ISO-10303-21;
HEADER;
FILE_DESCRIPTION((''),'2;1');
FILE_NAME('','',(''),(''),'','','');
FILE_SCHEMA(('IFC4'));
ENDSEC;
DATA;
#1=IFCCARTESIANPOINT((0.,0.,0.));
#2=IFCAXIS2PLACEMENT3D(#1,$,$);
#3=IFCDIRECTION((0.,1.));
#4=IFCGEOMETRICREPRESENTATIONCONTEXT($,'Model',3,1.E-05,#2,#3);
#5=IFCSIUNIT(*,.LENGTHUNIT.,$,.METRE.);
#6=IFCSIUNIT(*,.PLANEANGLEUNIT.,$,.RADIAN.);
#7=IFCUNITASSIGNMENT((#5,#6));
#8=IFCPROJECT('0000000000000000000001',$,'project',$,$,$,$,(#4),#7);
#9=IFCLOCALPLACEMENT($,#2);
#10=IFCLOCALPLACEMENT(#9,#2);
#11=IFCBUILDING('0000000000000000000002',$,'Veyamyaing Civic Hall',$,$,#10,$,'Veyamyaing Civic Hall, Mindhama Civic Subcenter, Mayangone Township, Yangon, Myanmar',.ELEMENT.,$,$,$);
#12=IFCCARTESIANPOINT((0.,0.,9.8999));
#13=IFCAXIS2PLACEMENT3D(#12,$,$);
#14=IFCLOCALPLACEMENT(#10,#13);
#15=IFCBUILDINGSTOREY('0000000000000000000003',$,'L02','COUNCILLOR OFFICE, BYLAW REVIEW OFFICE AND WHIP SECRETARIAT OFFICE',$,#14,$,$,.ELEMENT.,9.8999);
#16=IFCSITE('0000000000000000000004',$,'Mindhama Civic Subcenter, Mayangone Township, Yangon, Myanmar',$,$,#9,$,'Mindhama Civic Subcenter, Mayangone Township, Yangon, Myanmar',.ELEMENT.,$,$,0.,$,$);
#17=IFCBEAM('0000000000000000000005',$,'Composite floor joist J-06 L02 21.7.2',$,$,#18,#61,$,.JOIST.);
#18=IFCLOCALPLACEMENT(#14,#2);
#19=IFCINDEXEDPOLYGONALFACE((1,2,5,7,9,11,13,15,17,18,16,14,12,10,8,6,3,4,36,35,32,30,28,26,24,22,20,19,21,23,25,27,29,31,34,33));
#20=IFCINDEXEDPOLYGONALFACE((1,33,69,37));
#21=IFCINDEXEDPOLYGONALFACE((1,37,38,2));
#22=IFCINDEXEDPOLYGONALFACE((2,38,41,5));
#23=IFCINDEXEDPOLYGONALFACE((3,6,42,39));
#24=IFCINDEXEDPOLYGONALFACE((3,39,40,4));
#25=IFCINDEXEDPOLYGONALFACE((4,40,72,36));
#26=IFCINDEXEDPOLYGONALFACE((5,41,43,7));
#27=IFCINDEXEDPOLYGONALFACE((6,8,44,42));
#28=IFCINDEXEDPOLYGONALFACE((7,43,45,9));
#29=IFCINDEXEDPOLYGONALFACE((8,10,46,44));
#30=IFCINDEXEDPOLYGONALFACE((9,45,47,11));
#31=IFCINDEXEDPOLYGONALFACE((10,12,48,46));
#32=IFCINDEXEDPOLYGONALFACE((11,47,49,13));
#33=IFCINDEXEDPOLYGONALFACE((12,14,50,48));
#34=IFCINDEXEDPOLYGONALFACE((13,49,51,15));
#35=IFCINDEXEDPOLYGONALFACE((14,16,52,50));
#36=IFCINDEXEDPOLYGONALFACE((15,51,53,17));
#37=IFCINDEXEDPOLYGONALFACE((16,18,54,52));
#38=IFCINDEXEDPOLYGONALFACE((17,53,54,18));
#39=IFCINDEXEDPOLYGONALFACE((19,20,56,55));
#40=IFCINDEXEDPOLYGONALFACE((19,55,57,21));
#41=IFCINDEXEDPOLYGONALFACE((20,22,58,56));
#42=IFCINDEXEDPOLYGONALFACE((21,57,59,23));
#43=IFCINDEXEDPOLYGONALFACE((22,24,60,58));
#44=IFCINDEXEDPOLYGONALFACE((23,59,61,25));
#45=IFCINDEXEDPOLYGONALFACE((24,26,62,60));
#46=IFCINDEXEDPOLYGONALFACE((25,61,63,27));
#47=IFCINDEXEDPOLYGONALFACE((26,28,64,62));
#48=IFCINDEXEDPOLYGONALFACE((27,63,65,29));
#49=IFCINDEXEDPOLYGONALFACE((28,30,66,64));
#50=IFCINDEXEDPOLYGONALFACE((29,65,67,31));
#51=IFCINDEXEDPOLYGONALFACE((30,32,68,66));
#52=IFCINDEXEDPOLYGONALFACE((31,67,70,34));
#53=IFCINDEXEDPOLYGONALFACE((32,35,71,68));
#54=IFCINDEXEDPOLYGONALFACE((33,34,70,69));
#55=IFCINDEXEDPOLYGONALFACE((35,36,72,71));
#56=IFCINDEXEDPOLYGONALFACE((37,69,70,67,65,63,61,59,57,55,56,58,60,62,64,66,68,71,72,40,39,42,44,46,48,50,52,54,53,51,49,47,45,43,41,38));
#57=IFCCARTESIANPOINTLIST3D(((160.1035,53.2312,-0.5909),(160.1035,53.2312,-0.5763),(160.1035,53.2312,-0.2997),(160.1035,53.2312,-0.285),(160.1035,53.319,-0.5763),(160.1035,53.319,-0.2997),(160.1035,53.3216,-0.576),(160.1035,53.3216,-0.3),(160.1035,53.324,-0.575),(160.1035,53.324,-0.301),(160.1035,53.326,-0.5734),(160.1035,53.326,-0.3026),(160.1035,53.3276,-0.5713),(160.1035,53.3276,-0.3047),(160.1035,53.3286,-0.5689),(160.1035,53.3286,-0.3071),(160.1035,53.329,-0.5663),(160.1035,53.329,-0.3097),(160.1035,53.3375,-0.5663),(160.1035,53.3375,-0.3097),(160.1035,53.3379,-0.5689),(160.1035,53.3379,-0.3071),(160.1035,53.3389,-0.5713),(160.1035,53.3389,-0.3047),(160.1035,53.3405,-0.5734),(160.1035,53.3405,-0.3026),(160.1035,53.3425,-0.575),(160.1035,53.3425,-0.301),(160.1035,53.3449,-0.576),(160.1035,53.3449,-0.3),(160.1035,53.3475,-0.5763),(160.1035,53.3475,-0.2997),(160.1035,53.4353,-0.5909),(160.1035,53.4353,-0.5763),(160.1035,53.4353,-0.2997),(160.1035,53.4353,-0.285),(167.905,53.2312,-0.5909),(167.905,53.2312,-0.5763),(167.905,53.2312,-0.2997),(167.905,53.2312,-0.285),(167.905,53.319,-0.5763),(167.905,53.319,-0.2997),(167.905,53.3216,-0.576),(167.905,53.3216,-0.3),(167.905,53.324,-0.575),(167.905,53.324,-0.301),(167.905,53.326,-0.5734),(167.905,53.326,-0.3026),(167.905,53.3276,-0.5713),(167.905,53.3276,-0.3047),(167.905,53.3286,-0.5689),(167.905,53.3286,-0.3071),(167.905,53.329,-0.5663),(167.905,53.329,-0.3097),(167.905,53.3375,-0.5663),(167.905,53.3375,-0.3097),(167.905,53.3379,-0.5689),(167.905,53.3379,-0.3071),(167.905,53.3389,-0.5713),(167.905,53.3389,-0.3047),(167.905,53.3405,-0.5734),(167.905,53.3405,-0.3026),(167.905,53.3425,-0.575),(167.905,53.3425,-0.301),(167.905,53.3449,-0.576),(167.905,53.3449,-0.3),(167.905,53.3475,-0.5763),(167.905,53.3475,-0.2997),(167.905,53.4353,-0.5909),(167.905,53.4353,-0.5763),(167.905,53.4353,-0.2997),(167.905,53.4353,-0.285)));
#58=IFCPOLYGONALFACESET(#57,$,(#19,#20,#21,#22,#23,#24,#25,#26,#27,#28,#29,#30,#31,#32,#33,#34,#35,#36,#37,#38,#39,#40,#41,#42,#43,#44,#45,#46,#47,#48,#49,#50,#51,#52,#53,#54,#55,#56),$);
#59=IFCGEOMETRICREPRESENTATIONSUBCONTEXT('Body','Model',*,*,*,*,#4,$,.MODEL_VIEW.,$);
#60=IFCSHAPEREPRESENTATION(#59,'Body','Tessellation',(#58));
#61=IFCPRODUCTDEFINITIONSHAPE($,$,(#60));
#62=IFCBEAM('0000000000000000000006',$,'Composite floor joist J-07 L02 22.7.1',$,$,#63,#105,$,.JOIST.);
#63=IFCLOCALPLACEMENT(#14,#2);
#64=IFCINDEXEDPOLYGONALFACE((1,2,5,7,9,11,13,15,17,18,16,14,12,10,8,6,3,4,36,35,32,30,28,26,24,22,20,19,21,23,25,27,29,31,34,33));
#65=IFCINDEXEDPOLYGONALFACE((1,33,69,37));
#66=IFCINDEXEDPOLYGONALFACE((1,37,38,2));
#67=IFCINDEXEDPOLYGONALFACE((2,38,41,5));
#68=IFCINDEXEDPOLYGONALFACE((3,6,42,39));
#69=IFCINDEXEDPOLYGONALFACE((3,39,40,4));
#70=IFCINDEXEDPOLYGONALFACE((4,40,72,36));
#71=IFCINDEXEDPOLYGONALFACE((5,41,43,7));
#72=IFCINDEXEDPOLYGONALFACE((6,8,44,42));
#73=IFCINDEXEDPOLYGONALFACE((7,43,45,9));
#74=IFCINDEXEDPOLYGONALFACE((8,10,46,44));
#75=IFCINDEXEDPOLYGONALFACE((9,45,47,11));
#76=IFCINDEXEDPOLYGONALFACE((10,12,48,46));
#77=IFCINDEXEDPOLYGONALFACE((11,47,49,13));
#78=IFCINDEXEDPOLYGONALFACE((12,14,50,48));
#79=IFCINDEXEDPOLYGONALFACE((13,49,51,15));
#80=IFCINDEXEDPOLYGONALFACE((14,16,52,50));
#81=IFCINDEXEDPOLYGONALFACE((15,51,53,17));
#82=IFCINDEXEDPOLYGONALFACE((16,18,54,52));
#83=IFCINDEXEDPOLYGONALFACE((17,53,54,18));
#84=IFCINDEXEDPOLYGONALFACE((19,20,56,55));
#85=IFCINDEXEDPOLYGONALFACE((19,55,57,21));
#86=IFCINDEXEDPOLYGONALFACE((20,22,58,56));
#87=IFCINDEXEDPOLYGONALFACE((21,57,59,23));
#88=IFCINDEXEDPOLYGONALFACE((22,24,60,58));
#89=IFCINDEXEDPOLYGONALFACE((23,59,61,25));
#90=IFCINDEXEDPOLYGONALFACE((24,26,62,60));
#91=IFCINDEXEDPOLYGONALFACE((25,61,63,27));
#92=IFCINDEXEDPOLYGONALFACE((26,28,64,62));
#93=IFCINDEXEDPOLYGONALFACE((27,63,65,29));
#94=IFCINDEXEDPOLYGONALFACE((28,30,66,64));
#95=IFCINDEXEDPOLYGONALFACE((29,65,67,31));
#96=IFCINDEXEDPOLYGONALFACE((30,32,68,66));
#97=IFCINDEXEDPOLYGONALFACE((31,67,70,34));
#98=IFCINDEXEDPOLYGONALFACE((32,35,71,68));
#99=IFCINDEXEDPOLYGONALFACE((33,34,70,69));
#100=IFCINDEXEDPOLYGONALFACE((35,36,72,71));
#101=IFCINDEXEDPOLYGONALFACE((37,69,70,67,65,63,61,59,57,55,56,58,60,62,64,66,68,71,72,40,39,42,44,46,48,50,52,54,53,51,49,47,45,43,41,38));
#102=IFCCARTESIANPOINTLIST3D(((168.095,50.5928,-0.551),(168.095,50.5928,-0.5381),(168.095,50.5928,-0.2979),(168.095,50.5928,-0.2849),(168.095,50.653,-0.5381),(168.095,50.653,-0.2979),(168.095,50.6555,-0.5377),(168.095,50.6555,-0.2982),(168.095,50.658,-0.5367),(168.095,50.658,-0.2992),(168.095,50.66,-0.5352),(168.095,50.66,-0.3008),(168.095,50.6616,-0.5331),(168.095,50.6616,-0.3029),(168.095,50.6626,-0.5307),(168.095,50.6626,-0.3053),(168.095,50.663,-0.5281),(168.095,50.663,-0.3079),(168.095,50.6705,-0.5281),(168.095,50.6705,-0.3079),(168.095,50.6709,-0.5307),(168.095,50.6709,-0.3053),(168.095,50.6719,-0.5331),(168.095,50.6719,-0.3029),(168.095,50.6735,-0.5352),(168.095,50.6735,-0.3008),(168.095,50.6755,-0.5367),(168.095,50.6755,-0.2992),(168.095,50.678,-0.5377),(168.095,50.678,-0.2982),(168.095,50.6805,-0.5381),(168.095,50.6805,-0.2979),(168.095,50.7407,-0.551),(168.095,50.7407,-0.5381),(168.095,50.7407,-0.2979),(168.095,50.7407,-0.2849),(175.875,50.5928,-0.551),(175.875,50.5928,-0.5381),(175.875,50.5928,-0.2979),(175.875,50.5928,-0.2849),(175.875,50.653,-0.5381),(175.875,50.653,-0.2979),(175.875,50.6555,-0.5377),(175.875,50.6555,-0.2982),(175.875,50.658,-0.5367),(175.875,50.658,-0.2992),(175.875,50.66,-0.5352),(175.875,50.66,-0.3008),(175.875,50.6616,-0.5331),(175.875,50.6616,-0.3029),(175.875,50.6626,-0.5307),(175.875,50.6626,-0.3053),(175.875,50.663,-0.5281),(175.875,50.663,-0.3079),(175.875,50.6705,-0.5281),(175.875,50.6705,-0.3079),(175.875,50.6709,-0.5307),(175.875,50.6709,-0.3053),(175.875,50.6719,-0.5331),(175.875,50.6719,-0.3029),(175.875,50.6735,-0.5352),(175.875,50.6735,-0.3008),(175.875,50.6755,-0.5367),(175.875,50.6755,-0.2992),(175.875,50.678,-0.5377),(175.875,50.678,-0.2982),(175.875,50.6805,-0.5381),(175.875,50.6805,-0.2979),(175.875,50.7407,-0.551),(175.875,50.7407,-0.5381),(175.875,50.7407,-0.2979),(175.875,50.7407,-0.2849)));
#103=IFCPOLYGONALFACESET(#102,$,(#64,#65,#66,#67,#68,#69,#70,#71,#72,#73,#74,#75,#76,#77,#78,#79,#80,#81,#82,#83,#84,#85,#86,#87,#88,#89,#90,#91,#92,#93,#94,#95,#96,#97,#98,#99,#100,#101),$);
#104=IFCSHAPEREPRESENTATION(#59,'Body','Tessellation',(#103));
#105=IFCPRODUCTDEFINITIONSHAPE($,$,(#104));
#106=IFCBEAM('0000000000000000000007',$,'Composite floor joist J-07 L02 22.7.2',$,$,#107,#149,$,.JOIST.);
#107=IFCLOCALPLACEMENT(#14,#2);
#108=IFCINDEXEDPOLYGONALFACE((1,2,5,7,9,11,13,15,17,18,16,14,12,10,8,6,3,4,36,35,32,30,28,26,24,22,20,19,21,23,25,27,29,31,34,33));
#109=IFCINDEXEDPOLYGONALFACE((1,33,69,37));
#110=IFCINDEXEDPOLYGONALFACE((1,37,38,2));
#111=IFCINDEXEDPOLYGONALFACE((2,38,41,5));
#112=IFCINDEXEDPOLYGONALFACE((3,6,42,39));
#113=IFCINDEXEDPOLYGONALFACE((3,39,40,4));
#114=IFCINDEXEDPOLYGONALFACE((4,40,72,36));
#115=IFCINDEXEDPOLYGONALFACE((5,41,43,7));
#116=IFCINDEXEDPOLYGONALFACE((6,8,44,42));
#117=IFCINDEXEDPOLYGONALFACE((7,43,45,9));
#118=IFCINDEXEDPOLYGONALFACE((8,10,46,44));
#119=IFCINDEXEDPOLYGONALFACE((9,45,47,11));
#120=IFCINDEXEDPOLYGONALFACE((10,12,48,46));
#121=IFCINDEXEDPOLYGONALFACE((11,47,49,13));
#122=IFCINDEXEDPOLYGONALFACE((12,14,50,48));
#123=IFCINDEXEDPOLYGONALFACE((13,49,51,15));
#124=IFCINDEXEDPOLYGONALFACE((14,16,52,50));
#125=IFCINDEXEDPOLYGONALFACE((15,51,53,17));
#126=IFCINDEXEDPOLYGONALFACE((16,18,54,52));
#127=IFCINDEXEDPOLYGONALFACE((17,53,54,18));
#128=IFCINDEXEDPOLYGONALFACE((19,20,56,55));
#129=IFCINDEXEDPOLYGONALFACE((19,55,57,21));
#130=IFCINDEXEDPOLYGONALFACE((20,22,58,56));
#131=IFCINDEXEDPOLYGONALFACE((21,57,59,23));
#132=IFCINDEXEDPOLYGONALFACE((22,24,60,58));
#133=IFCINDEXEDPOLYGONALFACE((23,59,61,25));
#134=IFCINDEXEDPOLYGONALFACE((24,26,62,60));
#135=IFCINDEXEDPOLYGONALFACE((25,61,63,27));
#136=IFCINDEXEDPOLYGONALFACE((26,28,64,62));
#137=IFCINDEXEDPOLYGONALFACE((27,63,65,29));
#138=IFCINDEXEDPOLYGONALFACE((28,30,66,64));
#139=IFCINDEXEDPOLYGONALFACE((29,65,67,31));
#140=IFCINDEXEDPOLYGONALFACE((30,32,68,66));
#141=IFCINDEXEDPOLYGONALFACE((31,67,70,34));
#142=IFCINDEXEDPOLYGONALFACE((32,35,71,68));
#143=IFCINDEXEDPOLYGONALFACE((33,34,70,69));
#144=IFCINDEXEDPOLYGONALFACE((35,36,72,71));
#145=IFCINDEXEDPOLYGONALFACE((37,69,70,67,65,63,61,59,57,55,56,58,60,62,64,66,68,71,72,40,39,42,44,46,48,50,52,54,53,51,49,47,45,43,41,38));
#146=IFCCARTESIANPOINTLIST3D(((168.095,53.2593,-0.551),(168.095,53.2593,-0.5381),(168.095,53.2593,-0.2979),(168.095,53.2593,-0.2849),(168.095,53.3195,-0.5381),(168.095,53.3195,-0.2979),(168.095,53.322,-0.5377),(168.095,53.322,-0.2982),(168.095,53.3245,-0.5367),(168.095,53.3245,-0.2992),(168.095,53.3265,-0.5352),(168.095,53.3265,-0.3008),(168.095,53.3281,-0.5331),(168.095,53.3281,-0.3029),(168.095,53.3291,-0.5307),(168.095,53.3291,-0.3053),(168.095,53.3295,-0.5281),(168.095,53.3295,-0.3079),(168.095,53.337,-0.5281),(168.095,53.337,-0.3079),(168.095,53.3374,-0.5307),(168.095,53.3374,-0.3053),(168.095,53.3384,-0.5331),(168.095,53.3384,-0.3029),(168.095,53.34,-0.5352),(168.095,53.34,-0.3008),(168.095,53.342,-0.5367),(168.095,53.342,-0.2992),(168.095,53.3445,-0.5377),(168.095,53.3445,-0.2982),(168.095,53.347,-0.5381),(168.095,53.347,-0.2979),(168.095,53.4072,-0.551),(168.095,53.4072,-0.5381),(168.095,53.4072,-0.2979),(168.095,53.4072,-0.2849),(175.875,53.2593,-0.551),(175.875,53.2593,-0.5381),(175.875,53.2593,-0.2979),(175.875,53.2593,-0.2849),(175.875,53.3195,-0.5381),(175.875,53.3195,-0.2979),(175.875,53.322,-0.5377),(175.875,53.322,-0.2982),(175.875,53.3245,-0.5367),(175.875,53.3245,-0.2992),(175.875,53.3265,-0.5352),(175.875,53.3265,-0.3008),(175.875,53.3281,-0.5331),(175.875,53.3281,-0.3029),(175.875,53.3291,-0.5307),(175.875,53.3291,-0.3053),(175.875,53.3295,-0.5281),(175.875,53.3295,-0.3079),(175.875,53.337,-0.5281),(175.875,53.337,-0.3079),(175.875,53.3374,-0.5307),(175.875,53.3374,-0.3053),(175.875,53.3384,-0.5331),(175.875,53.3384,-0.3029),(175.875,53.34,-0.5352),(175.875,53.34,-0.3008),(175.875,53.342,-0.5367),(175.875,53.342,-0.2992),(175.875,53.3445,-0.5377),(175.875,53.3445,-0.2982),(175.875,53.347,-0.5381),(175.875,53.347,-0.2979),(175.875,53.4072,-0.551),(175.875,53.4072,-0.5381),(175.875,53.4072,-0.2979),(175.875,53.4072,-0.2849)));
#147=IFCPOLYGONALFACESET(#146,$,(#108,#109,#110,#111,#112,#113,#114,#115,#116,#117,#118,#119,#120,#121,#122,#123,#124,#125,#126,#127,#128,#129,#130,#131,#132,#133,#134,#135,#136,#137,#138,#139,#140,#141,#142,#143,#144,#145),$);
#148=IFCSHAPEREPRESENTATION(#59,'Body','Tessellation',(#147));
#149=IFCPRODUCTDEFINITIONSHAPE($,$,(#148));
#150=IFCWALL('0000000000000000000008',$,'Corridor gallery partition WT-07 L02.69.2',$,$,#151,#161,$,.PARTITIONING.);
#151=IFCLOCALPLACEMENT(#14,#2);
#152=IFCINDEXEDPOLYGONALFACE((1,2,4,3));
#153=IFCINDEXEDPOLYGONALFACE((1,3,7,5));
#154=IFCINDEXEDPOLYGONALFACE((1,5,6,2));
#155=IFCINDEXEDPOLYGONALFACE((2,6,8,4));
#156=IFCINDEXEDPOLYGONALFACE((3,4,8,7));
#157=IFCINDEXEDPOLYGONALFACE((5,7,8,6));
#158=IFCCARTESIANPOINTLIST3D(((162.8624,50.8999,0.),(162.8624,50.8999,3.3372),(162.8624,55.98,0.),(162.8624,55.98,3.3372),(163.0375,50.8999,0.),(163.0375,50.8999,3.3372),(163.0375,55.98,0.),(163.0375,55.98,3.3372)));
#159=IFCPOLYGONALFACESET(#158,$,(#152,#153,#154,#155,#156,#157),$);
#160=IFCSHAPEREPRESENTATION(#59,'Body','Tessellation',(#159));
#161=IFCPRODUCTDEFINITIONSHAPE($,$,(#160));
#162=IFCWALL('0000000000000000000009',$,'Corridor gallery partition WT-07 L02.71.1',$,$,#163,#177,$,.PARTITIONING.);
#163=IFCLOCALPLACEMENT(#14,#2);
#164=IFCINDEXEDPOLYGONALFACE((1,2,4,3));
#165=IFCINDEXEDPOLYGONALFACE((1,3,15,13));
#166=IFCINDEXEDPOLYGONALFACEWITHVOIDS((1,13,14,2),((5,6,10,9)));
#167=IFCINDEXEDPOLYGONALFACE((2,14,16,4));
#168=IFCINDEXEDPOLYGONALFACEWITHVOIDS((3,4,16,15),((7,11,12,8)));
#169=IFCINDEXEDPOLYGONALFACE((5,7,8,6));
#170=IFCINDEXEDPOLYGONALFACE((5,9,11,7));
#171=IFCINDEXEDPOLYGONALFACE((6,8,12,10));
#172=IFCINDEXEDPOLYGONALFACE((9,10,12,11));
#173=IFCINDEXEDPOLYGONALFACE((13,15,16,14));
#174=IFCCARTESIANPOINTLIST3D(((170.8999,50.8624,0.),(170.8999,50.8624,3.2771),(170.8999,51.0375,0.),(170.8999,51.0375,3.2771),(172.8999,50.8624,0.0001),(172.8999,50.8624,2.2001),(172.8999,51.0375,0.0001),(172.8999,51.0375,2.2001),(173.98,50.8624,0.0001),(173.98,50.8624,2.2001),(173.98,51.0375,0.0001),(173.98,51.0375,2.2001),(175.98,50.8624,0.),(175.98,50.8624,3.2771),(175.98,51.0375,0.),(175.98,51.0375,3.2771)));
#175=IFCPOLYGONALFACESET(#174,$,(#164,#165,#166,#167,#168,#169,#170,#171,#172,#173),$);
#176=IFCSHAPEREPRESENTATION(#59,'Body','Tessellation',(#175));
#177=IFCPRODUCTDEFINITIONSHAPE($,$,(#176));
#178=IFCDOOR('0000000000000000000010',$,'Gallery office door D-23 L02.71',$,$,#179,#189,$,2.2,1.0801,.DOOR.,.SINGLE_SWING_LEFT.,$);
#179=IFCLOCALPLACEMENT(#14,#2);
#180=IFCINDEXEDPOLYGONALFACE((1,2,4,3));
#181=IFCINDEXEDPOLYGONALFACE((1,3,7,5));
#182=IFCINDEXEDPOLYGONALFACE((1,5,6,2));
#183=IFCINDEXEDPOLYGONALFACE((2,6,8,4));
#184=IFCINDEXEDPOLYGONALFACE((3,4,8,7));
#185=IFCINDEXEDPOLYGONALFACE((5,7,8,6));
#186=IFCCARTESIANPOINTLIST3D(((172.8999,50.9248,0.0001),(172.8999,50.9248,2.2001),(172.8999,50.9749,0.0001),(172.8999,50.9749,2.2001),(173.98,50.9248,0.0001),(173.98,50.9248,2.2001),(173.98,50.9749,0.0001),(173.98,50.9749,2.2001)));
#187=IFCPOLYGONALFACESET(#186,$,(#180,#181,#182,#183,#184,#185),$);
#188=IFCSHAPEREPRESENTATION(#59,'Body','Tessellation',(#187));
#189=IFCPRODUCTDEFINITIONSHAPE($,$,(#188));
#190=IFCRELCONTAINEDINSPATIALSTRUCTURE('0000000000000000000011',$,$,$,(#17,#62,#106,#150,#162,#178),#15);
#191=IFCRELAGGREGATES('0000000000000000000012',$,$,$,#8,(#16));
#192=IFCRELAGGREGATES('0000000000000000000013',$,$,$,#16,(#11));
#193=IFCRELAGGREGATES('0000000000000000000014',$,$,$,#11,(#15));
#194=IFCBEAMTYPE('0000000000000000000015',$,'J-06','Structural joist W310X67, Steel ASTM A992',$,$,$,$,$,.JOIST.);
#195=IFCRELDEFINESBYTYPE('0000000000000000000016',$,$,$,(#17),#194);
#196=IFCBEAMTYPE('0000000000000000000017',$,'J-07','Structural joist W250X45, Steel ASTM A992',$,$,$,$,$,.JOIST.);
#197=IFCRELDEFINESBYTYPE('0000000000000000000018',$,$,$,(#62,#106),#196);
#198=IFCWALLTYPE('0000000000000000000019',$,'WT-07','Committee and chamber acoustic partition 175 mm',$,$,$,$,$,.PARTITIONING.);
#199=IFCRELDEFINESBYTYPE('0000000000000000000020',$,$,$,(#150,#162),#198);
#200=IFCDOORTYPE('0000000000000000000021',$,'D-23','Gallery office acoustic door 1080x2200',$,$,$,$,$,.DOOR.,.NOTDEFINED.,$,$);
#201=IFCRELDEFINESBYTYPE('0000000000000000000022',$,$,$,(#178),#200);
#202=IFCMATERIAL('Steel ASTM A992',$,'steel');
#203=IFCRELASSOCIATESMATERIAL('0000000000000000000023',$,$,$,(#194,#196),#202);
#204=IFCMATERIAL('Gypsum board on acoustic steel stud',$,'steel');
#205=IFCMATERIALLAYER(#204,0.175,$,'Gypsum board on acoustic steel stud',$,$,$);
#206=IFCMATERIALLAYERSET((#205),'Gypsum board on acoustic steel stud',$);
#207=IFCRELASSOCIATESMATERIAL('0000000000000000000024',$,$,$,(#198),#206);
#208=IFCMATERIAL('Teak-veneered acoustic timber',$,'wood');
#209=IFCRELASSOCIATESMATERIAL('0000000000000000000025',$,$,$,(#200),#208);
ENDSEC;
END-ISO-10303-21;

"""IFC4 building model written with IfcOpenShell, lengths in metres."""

from ifc_helpers import new_model, si_unit, direction, frame, frame_2d, origin, origin_2d, place, context, subcontext, project, spatial, rectangle, i_section, extrude, material, layer, layer_set, material_profile, profile_set, type_object, element, fill, save


model = new_model("IFC4")

# Units and contexts
model_context = context("Model", 3, precision=1e-05, world=origin(), true_north=direction((0.0, 1.0)))
body_context = subcontext(model_context, "Body", "Model", "MODEL_VIEW")
ifc_project = project(units=[si_unit("LENGTHUNIT", "METRE"), si_unit("PLANEANGLEUNIT", "RADIAN")], contexts=[model_context])

# Site, building, storey
site_placement = place(None, origin())
site = spatial("IfcSite", under=ifc_project, at=site_placement, Name="Mindhama Civic Subcenter, Mayangone Township, Yangon, Myanmar", LongName="Mindhama Civic Subcenter, Mayangone Township, Yangon, Myanmar", CompositionType="ELEMENT", RefElevation=0.0)
building_placement = place(site_placement, origin())
building = spatial("IfcBuilding", under=site, at=building_placement, Name="Veyamyaing Civic Hall", LongName="Veyamyaing Civic Hall, Mindhama Civic Subcenter, Mayangone Township, Yangon, Myanmar", CompositionType="ELEMENT")
storey_placement = place(building_placement, frame((0.0, 0.0, 9.8999)))
storey = spatial("IfcBuildingStorey", under=building, at=storey_placement, Name="L02", Description="COUNCILLOR OFFICE, BYLAW REVIEW OFFICE AND WHIP SECRETARIAT OFFICE", CompositionType="ELEMENT", Elevation=9.8999)

# Shared definitions
ifc_material_1 = material(Name="Steel ASTM A992", Category="steel")

# Beams
ifc_material_profile_1 = material_profile(ifc_material_1, i_section(OverallWidth=0.2041, OverallDepth=0.3059, WebThickness=0.0085, FlangeThickness=0.0146, FilletRadius=0.01, at=origin_2d()), Name="W310X67")
ifc_profile_set_1 = profile_set([ifc_material_profile_1], Name="Steel ASTM A992")
beam_type_1 = type_object("IfcBeamType", Name="J-06", Description="Structural joist W310X67, Steel ASTM A992", PredefinedType="JOIST", material=ifc_profile_set_1)
for number, where, z_axis, x_axis, name in (
    (1, (160.1035, 53.3333, -0.438), (1.0, 0.0, 0.0), (0.0, 1.0, 0.0), "Composite floor joist J-06 L02 21.7.2"),
):
    element("IfcBeam", number, at=place(storey_placement, frame(where, z_axis=z_axis, x_axis=x_axis)), inside=storey, type_object=beam_type_1, Name=name, PredefinedType="JOIST", context=body_context, shape_type="SweptSolid", body=[
        extrude(i_section(OverallWidth=0.2041, OverallDepth=0.3059, WebThickness=0.0085, FlangeThickness=0.0146, FilletRadius=0.01, at=origin_2d()), origin(), (0.0, 0.0, 1.0), 7.8015),
    ])
ifc_material_profile_2 = material_profile(ifc_material_1, i_section(OverallWidth=0.1479, OverallDepth=0.2661, WebThickness=0.0076, FlangeThickness=0.0129, FilletRadius=0.01, at=origin_2d()), Name="W250X45")
ifc_profile_set_2 = profile_set([ifc_material_profile_2], Name="Steel ASTM A992")
beam_type_2 = type_object("IfcBeamType", Name="J-07", Description="Structural joist W250X45, Steel ASTM A992", PredefinedType="JOIST", material=ifc_profile_set_2)
for number, where, z_axis, x_axis, name in (
    (2, (168.095, 50.6667, -0.418), (1.0, 0.0, 0.0), (0.0, 1.0, 0.0), "Composite floor joist J-07 L02 22.7.1"),
    (3, (168.095, 53.3333, -0.418), (1.0, 0.0, 0.0), (0.0, 1.0, 0.0), "Composite floor joist J-07 L02 22.7.2"),
):
    element("IfcBeam", number, at=place(storey_placement, frame(where, z_axis=z_axis, x_axis=x_axis)), inside=storey, type_object=beam_type_2, Name=name, PredefinedType="JOIST", context=body_context, shape_type="SweptSolid", body=[
        extrude(i_section(OverallWidth=0.1479, OverallDepth=0.2661, WebThickness=0.0076, FlangeThickness=0.0129, FilletRadius=0.01, at=origin_2d()), origin(), (0.0, 0.0, 1.0), 7.78),
    ])

# Shared definitions
ifc_material_2 = material(Name="Teak-veneered acoustic timber", Category="wood")
ifc_material_3 = material(Name="Gypsum board on acoustic steel stud", Category="steel")
ifc_layer_1 = layer(ifc_material_3, 0.175, Name="Gypsum board on acoustic steel stud")
ifc_layer_set_1 = layer_set([ifc_layer_1], Name="Gypsum board on acoustic steel stud")
wall_type_1 = type_object("IfcWallType", Name="WT-07", Description="Committee and chamber acoustic partition 175 mm", PredefinedType="PARTITIONING", material=ifc_layer_set_1)

# Wall
wall_1_placement = place(storey_placement, frame((162.95, 50.8999, 0.0), z_axis=(0.0, 0.0, 1.0), x_axis=(0.0, 1.0, 0.0)))
element("IfcWall", 4, at=wall_1_placement, inside=storey, type_object=wall_type_1, Name="Corridor gallery partition WT-07 L02.69.2", PredefinedType="PARTITIONING", context=body_context, shape_type="SweptSolid", body=[
    extrude(rectangle(XDim=5.0801, YDim=0.175, at=frame_2d((2.54, 0.0))), origin(), (0.0, 0.0, 1.0), 3.3372),
])

# Wall, opening, door
wall_2_placement = place(storey_placement, frame((170.8999, 50.95, 0.0), z_axis=(0.0, 0.0, 1.0), x_axis=(1.0, 0.0, 0.0)))
wall_2 = element("IfcWall", 5, at=wall_2_placement, inside=storey, type_object=wall_type_1, Name="Corridor gallery partition WT-07 L02.71.1", PredefinedType="PARTITIONING", context=body_context, shape_type="SweptSolid", body=[
    extrude(rectangle(XDim=5.0801, YDim=0.175, at=frame_2d((2.54, 0.0))), origin(), (0.0, 0.0, 1.0), 3.2771),
])
opening_1_placement = place(wall_2_placement, frame((2.0, 0.0, 0.0)))
opening_1 = element("IfcOpeningElement", 6, at=opening_1_placement, cuts=wall_2, PredefinedType="OPENING", context=body_context, shape_type="SweptSolid", body=[
    extrude(rectangle(XDim=1.0801, YDim=2.2, at=frame_2d((0.54, 1.1001))), frame((0.0, 0.0974, 0.0), z_axis=(0.0, -1.0, 0.0), x_axis=(1.0, 0.0, 0.0)), (0.0, 0.0, 1.0), 0.1951),
])
door_type_1 = type_object("IfcDoorType", Name="D-23", Description="Gallery office acoustic door 1080x2200", OperationType="NOTDEFINED", PredefinedType="DOOR", material=ifc_material_2)
door_1_placement = place(opening_1_placement, origin())
door_1 = element("IfcDoor", 7, at=door_1_placement, inside=storey, type_object=door_type_1, Name="Gallery office door D-23 L02.71", OperationType="SINGLE_SWING_LEFT", OverallHeight=2.2, OverallWidth=1.0801, PredefinedType="DOOR", context=body_context, shape_type="SweptSolid", body=[
    extrude(rectangle(XDim=1.0801, YDim=2.2, at=frame_2d((0.54, 1.1001))), frame((0.0, 0.0249, 0.0), z_axis=(0.0, -1.0, 0.0), x_axis=(1.0, 0.0, 0.0)), (0.0, 0.0, 1.0), 0.05),
])
fill(opening_1, door_1)

save(model, "model.ifc")
